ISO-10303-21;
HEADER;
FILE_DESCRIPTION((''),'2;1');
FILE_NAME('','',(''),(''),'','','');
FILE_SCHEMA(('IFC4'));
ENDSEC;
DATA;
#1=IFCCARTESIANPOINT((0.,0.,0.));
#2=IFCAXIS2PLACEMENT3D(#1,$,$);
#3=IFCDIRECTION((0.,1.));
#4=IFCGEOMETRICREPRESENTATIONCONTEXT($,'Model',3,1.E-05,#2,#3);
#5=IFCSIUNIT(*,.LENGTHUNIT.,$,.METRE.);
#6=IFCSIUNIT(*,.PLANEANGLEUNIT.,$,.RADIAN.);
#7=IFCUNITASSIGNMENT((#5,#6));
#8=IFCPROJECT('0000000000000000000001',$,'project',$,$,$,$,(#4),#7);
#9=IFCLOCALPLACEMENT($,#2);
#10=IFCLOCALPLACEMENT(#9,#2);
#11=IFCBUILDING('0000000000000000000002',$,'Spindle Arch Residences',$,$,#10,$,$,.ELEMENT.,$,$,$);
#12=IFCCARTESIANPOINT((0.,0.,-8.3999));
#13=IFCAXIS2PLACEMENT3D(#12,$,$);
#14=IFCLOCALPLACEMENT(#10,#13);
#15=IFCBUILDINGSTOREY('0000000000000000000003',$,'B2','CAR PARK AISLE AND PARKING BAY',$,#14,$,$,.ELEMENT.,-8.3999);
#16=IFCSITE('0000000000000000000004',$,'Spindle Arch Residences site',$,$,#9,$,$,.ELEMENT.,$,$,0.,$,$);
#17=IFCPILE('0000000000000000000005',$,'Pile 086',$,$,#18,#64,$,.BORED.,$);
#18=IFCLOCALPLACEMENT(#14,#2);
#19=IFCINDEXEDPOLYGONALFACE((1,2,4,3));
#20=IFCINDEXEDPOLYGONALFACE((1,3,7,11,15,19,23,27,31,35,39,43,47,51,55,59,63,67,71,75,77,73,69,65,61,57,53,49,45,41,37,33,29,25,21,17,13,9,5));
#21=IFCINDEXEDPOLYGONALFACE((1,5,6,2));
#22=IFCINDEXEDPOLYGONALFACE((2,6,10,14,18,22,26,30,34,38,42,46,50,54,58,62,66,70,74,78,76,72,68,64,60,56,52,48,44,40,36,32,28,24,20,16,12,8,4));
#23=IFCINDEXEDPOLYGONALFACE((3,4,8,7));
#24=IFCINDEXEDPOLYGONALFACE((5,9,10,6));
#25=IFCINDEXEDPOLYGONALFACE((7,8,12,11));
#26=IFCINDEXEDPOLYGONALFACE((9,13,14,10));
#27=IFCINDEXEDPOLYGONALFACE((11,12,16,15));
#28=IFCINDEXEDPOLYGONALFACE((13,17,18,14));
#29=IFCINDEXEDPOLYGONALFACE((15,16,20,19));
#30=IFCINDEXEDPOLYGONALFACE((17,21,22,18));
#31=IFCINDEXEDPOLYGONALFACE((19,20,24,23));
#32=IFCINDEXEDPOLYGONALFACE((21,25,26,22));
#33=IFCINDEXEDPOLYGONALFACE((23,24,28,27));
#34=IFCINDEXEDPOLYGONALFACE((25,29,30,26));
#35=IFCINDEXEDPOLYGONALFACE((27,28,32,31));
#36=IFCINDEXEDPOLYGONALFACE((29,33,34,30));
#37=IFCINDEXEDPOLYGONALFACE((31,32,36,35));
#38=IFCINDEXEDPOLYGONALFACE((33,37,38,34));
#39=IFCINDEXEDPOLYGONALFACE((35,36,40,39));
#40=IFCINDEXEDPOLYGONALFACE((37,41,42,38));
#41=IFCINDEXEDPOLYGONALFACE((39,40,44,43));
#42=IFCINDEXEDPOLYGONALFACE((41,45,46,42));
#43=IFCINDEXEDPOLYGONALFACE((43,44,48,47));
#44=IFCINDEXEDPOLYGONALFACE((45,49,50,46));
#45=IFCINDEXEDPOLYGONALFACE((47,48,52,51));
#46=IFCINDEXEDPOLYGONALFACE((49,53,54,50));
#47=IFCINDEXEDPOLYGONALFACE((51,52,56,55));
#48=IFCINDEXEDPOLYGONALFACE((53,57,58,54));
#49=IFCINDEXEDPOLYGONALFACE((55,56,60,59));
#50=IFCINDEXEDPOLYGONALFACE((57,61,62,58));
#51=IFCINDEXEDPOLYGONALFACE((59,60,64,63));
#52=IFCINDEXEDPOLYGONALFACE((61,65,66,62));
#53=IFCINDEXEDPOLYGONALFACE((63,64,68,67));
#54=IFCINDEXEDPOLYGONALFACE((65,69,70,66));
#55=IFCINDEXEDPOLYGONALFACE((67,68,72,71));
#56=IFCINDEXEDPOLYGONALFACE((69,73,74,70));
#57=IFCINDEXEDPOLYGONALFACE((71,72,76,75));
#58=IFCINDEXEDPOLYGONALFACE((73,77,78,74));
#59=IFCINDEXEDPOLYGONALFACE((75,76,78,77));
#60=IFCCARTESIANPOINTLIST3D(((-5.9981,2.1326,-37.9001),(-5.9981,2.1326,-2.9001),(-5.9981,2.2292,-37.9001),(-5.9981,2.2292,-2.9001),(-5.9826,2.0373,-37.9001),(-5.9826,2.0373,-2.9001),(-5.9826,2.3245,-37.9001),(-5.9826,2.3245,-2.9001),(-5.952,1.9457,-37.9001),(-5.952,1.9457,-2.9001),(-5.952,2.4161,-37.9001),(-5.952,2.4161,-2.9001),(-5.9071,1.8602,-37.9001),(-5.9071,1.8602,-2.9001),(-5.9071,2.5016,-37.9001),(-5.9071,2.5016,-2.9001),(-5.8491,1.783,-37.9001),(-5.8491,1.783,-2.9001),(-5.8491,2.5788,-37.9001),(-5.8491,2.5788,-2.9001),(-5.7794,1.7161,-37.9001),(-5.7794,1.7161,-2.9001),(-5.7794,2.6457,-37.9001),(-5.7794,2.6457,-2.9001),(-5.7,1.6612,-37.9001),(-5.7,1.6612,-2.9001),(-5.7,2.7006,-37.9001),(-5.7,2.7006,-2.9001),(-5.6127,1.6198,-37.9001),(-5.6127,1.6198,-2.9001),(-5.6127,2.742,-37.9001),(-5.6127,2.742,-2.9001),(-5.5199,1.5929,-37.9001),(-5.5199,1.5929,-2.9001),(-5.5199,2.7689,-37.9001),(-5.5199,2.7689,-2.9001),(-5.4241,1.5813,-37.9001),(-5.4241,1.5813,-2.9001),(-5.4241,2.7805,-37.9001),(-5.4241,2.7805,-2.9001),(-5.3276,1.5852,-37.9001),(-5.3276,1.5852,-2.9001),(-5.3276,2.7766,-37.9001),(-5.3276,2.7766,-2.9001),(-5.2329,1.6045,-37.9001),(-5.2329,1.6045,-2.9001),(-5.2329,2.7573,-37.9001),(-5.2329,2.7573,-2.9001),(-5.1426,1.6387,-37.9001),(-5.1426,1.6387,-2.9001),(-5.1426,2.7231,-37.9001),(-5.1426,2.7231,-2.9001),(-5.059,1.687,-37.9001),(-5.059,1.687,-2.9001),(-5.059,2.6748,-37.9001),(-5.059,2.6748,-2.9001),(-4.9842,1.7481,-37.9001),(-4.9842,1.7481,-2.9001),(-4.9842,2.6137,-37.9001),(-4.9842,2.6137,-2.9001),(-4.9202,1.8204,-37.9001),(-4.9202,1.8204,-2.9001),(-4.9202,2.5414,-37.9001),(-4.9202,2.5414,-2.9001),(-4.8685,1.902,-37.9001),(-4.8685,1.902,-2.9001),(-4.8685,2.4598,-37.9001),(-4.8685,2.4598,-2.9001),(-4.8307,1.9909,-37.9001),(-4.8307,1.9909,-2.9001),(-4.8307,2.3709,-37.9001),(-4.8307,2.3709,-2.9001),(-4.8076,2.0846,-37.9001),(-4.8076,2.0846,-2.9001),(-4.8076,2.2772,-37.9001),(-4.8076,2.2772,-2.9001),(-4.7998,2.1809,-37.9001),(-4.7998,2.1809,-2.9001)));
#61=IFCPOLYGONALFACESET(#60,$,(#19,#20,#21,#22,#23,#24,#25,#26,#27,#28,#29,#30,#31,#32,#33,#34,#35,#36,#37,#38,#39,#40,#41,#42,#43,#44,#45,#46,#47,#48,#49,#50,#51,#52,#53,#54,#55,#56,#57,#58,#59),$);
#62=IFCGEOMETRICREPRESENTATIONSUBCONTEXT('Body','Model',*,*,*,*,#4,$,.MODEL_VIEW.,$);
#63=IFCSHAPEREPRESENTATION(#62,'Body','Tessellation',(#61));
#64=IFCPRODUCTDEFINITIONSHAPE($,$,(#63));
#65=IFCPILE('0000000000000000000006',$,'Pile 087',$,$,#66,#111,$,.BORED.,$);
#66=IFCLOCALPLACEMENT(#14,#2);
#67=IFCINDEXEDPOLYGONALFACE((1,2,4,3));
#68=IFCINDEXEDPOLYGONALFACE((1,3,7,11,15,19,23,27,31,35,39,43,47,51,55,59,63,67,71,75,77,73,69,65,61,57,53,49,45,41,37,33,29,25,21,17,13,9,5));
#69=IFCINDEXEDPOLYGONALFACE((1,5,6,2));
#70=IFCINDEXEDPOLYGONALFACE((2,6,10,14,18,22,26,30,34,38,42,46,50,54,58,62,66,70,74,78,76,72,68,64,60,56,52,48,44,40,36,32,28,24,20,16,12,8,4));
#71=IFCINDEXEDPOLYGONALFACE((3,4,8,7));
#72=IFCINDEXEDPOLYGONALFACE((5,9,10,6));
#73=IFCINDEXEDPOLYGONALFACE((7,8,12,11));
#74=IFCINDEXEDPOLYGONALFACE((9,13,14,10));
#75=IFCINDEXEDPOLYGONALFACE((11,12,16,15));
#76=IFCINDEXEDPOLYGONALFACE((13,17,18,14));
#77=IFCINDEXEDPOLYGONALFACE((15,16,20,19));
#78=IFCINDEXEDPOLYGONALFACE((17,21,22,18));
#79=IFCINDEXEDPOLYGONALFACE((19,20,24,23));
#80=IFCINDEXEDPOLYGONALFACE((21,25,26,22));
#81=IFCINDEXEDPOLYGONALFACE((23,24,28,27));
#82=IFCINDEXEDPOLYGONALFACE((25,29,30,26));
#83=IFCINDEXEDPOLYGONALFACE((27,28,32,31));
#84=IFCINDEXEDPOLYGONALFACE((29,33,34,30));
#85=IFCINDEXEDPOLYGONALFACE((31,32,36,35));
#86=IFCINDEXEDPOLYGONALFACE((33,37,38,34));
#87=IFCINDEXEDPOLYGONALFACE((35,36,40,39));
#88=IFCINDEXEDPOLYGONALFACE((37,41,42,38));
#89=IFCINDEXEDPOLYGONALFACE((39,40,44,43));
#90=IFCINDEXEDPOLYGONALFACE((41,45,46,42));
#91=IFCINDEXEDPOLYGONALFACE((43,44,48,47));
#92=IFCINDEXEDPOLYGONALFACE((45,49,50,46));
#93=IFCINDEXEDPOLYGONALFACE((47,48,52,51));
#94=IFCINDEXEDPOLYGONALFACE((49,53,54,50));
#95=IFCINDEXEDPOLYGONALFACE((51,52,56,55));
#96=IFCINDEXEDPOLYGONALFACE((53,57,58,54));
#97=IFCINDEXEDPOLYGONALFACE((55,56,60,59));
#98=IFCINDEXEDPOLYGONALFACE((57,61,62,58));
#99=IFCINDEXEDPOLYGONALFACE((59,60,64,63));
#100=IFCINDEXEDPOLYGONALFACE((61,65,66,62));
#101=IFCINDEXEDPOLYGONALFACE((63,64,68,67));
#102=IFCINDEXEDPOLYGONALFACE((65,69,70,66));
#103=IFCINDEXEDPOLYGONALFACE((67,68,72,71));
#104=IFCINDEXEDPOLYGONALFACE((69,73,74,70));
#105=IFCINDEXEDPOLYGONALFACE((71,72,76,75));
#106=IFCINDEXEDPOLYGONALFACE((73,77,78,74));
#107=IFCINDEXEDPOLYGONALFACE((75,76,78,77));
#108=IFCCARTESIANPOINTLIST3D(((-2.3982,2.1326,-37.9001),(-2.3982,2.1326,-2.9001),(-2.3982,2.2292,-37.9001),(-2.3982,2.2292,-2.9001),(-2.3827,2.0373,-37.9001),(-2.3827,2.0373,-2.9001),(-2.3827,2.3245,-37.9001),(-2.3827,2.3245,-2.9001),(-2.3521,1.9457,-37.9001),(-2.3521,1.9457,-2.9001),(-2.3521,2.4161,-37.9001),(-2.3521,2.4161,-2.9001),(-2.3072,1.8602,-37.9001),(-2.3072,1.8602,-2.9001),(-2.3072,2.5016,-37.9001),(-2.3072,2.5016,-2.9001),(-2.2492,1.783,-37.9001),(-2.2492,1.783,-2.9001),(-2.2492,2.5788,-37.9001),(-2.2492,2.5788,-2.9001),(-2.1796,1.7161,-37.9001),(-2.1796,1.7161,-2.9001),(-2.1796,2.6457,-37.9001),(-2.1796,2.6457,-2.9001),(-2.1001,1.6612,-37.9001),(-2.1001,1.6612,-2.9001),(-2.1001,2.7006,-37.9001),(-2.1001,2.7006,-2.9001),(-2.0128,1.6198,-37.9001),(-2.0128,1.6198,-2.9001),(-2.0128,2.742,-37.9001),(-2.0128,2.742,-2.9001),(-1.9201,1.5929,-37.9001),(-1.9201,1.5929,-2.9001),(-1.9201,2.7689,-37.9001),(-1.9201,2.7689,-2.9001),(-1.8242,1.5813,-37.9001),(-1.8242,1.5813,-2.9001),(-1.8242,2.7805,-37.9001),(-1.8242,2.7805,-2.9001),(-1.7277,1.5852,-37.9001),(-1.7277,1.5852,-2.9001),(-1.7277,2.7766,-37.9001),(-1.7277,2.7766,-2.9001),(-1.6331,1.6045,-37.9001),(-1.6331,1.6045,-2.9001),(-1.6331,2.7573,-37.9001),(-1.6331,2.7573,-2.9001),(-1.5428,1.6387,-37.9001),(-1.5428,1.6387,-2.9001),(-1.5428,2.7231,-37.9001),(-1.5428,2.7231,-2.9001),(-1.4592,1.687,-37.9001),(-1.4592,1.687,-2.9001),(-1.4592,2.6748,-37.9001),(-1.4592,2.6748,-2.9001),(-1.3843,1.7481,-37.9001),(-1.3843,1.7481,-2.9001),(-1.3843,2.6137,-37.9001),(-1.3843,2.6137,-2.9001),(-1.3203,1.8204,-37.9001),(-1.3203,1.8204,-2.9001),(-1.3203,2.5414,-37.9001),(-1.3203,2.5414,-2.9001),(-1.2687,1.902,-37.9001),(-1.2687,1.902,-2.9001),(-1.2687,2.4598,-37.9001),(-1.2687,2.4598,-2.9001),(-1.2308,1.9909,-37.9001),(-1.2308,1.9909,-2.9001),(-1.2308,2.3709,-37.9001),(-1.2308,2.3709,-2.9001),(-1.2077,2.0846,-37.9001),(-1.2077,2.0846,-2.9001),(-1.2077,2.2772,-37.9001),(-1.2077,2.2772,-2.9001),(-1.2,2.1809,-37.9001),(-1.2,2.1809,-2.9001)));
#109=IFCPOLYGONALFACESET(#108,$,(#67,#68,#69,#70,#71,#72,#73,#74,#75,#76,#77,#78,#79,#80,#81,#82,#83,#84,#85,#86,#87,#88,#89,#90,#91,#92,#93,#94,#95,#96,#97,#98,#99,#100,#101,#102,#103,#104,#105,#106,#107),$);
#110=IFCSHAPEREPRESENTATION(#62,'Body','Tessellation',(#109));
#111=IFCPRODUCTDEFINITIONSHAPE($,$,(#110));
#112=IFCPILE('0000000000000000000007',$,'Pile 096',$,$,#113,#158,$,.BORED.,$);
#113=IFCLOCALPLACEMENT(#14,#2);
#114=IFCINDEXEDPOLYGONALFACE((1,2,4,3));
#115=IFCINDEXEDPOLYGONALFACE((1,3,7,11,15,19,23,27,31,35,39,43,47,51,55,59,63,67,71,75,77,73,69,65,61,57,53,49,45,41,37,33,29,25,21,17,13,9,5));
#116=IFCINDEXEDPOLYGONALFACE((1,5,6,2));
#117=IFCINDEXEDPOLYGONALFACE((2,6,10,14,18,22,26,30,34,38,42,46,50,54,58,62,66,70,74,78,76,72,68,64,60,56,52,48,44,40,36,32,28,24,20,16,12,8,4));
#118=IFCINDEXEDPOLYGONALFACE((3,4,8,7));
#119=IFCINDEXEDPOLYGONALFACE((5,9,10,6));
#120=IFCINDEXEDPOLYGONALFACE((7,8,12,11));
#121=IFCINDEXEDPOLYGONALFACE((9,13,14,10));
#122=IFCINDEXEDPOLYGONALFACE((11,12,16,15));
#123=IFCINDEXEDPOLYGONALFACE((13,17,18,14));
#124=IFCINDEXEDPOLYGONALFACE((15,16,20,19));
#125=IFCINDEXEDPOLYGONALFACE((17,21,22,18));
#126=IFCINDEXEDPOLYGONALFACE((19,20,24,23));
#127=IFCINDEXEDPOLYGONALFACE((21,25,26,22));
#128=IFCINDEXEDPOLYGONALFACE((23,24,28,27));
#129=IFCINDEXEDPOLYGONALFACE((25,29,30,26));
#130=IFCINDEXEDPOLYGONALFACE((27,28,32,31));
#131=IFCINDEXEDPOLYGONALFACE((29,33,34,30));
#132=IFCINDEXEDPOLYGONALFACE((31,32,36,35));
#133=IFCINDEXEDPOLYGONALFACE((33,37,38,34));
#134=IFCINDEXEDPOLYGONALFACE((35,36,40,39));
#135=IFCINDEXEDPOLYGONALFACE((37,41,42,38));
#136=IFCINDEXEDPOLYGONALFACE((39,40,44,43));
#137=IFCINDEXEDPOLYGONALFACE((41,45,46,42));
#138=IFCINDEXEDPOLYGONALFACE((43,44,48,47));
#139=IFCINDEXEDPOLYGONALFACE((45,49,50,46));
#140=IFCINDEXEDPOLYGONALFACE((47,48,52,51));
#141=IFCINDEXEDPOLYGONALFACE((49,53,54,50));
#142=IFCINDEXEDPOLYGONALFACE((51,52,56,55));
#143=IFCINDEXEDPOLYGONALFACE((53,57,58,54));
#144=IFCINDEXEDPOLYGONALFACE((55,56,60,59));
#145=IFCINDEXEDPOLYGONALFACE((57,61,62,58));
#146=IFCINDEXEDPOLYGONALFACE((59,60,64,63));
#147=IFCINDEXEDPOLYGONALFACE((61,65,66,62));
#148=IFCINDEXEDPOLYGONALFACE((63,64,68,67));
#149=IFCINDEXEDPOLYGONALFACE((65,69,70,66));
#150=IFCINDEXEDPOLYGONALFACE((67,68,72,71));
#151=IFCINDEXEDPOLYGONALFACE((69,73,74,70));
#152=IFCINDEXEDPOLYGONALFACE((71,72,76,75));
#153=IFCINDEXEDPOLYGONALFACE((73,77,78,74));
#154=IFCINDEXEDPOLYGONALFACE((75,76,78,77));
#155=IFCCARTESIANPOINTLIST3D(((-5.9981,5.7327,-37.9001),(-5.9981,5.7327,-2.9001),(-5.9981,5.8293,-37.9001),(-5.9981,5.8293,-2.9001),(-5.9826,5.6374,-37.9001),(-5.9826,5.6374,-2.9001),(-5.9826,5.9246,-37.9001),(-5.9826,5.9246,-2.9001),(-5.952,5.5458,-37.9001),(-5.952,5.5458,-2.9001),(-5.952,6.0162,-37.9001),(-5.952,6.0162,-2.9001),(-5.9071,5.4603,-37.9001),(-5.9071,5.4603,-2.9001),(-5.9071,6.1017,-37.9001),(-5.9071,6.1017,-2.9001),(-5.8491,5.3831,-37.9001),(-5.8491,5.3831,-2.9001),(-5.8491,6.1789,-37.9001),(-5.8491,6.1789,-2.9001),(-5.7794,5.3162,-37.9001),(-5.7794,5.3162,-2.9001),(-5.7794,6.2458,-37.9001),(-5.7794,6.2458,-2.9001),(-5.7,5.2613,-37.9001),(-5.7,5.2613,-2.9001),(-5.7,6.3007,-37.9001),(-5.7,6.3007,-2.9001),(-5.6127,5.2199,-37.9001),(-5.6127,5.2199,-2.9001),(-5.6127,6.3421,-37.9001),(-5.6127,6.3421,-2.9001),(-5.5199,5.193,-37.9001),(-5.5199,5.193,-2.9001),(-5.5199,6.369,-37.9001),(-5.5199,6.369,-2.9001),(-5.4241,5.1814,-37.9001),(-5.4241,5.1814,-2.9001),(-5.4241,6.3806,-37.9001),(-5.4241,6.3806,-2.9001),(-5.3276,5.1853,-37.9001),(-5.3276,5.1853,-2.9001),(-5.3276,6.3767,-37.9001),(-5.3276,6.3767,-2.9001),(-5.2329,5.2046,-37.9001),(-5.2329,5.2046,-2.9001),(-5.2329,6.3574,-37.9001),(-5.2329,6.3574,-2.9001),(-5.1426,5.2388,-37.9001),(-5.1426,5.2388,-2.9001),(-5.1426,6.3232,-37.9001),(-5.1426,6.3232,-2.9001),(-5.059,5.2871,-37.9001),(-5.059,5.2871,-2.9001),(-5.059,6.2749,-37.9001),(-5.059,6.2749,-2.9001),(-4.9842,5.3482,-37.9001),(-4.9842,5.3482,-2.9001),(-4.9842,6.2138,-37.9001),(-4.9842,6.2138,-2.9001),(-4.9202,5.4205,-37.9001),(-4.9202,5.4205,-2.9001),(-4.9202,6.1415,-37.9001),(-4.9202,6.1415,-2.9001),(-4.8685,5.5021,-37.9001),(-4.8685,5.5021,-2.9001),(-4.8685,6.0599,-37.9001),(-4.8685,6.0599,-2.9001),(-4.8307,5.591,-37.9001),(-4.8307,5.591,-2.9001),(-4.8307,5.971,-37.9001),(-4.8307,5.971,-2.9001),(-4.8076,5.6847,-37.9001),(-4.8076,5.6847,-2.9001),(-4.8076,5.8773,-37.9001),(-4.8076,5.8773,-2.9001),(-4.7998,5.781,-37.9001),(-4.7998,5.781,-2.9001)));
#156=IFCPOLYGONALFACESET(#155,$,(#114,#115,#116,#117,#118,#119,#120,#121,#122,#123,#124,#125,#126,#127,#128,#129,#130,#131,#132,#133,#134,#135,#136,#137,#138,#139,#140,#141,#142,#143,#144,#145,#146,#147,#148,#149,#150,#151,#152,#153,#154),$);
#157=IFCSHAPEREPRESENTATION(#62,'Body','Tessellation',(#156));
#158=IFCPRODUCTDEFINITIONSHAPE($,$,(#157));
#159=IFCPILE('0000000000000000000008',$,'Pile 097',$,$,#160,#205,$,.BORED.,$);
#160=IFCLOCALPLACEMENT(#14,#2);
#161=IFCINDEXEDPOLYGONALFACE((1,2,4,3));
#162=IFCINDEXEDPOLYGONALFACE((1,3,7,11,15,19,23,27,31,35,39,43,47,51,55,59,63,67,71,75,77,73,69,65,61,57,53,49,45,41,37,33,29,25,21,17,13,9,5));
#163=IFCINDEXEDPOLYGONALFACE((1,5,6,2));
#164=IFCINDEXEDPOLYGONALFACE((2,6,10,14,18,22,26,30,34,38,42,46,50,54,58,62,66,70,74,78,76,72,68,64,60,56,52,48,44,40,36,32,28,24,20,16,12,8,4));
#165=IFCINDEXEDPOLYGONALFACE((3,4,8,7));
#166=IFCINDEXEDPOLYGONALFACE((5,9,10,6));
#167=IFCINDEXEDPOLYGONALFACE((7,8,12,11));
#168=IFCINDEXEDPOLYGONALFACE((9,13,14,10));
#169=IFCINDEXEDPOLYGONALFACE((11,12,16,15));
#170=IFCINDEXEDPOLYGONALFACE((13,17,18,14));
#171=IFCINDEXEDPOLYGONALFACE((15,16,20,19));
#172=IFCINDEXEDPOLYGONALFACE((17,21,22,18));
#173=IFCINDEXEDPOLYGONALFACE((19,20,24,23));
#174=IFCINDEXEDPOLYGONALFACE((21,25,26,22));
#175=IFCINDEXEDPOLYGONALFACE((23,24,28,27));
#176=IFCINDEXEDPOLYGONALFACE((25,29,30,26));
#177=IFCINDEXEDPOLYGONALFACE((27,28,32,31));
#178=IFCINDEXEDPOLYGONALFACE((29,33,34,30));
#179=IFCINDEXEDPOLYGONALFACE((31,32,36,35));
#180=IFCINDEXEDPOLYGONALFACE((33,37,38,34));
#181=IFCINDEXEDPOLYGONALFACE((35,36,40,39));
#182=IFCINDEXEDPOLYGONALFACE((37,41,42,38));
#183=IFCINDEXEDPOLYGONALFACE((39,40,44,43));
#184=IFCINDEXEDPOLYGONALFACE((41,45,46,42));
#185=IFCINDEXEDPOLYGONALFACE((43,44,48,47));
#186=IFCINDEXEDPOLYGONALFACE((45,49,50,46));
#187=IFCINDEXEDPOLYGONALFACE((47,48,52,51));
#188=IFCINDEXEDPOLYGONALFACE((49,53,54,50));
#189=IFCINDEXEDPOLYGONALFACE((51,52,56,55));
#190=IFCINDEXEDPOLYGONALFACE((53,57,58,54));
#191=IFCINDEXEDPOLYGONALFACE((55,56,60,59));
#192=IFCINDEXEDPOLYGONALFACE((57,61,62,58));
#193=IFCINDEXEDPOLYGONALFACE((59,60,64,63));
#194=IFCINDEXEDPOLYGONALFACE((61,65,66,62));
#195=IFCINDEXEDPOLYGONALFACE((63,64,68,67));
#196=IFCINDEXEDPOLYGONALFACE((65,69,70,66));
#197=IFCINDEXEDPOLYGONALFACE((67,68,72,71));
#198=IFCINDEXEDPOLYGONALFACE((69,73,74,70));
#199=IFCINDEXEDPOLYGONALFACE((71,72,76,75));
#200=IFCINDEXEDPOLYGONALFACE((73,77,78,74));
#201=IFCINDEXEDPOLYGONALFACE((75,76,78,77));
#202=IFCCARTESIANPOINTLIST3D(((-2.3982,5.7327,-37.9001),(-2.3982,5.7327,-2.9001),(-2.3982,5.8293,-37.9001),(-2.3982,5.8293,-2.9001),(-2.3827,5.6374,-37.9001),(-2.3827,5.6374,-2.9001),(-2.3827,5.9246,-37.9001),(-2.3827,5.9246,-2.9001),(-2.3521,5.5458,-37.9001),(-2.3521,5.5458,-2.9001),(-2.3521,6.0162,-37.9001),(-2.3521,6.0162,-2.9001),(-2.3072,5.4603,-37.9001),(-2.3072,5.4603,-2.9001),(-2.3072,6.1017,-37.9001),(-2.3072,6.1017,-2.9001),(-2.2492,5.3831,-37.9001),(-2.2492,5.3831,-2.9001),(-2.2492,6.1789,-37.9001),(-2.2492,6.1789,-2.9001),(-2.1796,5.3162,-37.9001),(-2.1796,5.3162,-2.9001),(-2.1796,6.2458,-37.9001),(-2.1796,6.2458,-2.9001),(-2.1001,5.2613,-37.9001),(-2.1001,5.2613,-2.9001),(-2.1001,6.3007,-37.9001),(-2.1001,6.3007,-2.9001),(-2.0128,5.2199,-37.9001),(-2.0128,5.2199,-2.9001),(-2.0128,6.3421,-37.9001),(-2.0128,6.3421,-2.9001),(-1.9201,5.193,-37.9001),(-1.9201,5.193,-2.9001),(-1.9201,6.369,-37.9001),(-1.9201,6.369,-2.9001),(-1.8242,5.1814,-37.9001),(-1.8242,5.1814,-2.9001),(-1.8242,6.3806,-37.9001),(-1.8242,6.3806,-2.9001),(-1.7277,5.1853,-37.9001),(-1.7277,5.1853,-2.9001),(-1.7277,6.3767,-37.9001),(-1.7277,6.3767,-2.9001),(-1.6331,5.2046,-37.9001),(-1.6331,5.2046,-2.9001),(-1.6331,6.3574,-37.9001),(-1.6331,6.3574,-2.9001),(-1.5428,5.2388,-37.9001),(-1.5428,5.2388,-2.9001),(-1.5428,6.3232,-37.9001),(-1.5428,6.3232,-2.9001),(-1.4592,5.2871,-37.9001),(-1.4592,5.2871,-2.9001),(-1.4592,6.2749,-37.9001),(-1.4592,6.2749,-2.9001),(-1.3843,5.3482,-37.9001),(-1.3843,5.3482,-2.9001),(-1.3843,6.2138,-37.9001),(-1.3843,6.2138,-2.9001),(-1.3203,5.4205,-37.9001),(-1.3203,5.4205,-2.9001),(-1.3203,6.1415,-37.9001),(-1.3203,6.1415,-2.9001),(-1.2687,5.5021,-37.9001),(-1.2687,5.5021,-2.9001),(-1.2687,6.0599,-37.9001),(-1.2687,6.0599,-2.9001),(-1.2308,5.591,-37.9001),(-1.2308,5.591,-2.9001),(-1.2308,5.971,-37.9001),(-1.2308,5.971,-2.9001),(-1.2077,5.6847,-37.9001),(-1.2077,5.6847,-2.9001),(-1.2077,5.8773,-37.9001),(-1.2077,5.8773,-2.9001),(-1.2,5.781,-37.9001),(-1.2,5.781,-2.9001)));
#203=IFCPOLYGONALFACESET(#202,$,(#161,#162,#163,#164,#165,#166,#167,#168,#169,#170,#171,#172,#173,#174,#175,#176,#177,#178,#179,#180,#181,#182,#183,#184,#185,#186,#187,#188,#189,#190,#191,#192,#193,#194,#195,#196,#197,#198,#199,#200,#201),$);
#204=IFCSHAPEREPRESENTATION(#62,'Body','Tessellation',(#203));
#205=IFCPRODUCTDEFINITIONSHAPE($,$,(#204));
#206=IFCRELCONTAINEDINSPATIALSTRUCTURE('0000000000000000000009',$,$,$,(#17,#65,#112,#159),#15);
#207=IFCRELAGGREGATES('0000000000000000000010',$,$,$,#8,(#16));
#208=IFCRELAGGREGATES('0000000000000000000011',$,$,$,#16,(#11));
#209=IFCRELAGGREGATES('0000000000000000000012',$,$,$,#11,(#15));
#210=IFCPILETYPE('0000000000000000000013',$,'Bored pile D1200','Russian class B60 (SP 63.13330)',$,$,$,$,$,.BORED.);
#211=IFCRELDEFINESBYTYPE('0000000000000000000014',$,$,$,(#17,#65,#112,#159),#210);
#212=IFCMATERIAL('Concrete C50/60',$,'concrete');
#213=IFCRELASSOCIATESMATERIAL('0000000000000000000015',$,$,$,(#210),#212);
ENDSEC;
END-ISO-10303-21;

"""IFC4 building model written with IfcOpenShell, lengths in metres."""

from ifc_helpers import new_model, si_unit, direction, frame, origin, origin_2d, place, context, subcontext, project, spatial, circle, extrude, material, material_profile, profile_set, type_object, element, save


model = new_model("IFC4")

# Units and contexts
model_context = context("Model", 3, precision=1e-05, world=origin(), true_north=direction((0.0, 1.0)))
body_context = subcontext(model_context, "Body", "Model", "MODEL_VIEW")
ifc_project = project(units=[si_unit("LENGTHUNIT", "METRE"), si_unit("PLANEANGLEUNIT", "RADIAN")], contexts=[model_context])

# Site, building, storey
site_placement = place(None, origin())
site = spatial("IfcSite", under=ifc_project, at=site_placement, Name="Spindle Arch Residences site", CompositionType="ELEMENT", RefElevation=0.0)
building_placement = place(site_placement, origin())
building = spatial("IfcBuilding", under=site, at=building_placement, Name="Spindle Arch Residences", CompositionType="ELEMENT")
storey_placement = place(building_placement, frame((0.0, 0.0, -8.3999)))
storey = spatial("IfcBuildingStorey", under=building, at=storey_placement, Name="B2", Description="CAR PARK AISLE AND PARKING BAY", CompositionType="ELEMENT", Elevation=-8.3999)

# Piles
ifc_material_1 = material(Name="Concrete C50/60", Category="concrete")
ifc_material_profile = material_profile(ifc_material_1, circle(Radius=0.6001, at=origin_2d()), Name="BP D1200")
ifc_profile_set = profile_set([ifc_material_profile], Name="Concrete C50/60")
pile_type = type_object("IfcPileType", Name="Bored pile D1200", Description="Russian class B60 (SP 63.13330)", PredefinedType="BORED", material=ifc_profile_set)
for number, where, z_axis, x_axis, name in (
    (1, (-5.3999, 2.1809, -2.9001), (0.0, 0.0, -1.0), (1.0, 0.0, 0.0), "Pile 086"),
    (2, (-1.8, 2.1809, -2.9001), (0.0, 0.0, -1.0), (1.0, 0.0, 0.0), "Pile 087"),
    (3, (-5.3999, 5.781, -2.9001), (0.0, 0.0, -1.0), (1.0, 0.0, 0.0), "Pile 096"),
    (4, (-1.8, 5.781, -2.9001), (0.0, 0.0, -1.0), (1.0, 0.0, 0.0), "Pile 097"),
):
    element("IfcPile", number, at=place(storey_placement, frame(where, z_axis=z_axis, x_axis=x_axis)), inside=storey, type_object=pile_type, Name=name, PredefinedType="BORED", context=body_context, shape_type="SweptSolid", body=[
        extrude(circle(Radius=0.6001, at=origin_2d()), origin(), (0.0, 0.0, 1.0), 35.0),
    ])

save(model, "model.ifc")
